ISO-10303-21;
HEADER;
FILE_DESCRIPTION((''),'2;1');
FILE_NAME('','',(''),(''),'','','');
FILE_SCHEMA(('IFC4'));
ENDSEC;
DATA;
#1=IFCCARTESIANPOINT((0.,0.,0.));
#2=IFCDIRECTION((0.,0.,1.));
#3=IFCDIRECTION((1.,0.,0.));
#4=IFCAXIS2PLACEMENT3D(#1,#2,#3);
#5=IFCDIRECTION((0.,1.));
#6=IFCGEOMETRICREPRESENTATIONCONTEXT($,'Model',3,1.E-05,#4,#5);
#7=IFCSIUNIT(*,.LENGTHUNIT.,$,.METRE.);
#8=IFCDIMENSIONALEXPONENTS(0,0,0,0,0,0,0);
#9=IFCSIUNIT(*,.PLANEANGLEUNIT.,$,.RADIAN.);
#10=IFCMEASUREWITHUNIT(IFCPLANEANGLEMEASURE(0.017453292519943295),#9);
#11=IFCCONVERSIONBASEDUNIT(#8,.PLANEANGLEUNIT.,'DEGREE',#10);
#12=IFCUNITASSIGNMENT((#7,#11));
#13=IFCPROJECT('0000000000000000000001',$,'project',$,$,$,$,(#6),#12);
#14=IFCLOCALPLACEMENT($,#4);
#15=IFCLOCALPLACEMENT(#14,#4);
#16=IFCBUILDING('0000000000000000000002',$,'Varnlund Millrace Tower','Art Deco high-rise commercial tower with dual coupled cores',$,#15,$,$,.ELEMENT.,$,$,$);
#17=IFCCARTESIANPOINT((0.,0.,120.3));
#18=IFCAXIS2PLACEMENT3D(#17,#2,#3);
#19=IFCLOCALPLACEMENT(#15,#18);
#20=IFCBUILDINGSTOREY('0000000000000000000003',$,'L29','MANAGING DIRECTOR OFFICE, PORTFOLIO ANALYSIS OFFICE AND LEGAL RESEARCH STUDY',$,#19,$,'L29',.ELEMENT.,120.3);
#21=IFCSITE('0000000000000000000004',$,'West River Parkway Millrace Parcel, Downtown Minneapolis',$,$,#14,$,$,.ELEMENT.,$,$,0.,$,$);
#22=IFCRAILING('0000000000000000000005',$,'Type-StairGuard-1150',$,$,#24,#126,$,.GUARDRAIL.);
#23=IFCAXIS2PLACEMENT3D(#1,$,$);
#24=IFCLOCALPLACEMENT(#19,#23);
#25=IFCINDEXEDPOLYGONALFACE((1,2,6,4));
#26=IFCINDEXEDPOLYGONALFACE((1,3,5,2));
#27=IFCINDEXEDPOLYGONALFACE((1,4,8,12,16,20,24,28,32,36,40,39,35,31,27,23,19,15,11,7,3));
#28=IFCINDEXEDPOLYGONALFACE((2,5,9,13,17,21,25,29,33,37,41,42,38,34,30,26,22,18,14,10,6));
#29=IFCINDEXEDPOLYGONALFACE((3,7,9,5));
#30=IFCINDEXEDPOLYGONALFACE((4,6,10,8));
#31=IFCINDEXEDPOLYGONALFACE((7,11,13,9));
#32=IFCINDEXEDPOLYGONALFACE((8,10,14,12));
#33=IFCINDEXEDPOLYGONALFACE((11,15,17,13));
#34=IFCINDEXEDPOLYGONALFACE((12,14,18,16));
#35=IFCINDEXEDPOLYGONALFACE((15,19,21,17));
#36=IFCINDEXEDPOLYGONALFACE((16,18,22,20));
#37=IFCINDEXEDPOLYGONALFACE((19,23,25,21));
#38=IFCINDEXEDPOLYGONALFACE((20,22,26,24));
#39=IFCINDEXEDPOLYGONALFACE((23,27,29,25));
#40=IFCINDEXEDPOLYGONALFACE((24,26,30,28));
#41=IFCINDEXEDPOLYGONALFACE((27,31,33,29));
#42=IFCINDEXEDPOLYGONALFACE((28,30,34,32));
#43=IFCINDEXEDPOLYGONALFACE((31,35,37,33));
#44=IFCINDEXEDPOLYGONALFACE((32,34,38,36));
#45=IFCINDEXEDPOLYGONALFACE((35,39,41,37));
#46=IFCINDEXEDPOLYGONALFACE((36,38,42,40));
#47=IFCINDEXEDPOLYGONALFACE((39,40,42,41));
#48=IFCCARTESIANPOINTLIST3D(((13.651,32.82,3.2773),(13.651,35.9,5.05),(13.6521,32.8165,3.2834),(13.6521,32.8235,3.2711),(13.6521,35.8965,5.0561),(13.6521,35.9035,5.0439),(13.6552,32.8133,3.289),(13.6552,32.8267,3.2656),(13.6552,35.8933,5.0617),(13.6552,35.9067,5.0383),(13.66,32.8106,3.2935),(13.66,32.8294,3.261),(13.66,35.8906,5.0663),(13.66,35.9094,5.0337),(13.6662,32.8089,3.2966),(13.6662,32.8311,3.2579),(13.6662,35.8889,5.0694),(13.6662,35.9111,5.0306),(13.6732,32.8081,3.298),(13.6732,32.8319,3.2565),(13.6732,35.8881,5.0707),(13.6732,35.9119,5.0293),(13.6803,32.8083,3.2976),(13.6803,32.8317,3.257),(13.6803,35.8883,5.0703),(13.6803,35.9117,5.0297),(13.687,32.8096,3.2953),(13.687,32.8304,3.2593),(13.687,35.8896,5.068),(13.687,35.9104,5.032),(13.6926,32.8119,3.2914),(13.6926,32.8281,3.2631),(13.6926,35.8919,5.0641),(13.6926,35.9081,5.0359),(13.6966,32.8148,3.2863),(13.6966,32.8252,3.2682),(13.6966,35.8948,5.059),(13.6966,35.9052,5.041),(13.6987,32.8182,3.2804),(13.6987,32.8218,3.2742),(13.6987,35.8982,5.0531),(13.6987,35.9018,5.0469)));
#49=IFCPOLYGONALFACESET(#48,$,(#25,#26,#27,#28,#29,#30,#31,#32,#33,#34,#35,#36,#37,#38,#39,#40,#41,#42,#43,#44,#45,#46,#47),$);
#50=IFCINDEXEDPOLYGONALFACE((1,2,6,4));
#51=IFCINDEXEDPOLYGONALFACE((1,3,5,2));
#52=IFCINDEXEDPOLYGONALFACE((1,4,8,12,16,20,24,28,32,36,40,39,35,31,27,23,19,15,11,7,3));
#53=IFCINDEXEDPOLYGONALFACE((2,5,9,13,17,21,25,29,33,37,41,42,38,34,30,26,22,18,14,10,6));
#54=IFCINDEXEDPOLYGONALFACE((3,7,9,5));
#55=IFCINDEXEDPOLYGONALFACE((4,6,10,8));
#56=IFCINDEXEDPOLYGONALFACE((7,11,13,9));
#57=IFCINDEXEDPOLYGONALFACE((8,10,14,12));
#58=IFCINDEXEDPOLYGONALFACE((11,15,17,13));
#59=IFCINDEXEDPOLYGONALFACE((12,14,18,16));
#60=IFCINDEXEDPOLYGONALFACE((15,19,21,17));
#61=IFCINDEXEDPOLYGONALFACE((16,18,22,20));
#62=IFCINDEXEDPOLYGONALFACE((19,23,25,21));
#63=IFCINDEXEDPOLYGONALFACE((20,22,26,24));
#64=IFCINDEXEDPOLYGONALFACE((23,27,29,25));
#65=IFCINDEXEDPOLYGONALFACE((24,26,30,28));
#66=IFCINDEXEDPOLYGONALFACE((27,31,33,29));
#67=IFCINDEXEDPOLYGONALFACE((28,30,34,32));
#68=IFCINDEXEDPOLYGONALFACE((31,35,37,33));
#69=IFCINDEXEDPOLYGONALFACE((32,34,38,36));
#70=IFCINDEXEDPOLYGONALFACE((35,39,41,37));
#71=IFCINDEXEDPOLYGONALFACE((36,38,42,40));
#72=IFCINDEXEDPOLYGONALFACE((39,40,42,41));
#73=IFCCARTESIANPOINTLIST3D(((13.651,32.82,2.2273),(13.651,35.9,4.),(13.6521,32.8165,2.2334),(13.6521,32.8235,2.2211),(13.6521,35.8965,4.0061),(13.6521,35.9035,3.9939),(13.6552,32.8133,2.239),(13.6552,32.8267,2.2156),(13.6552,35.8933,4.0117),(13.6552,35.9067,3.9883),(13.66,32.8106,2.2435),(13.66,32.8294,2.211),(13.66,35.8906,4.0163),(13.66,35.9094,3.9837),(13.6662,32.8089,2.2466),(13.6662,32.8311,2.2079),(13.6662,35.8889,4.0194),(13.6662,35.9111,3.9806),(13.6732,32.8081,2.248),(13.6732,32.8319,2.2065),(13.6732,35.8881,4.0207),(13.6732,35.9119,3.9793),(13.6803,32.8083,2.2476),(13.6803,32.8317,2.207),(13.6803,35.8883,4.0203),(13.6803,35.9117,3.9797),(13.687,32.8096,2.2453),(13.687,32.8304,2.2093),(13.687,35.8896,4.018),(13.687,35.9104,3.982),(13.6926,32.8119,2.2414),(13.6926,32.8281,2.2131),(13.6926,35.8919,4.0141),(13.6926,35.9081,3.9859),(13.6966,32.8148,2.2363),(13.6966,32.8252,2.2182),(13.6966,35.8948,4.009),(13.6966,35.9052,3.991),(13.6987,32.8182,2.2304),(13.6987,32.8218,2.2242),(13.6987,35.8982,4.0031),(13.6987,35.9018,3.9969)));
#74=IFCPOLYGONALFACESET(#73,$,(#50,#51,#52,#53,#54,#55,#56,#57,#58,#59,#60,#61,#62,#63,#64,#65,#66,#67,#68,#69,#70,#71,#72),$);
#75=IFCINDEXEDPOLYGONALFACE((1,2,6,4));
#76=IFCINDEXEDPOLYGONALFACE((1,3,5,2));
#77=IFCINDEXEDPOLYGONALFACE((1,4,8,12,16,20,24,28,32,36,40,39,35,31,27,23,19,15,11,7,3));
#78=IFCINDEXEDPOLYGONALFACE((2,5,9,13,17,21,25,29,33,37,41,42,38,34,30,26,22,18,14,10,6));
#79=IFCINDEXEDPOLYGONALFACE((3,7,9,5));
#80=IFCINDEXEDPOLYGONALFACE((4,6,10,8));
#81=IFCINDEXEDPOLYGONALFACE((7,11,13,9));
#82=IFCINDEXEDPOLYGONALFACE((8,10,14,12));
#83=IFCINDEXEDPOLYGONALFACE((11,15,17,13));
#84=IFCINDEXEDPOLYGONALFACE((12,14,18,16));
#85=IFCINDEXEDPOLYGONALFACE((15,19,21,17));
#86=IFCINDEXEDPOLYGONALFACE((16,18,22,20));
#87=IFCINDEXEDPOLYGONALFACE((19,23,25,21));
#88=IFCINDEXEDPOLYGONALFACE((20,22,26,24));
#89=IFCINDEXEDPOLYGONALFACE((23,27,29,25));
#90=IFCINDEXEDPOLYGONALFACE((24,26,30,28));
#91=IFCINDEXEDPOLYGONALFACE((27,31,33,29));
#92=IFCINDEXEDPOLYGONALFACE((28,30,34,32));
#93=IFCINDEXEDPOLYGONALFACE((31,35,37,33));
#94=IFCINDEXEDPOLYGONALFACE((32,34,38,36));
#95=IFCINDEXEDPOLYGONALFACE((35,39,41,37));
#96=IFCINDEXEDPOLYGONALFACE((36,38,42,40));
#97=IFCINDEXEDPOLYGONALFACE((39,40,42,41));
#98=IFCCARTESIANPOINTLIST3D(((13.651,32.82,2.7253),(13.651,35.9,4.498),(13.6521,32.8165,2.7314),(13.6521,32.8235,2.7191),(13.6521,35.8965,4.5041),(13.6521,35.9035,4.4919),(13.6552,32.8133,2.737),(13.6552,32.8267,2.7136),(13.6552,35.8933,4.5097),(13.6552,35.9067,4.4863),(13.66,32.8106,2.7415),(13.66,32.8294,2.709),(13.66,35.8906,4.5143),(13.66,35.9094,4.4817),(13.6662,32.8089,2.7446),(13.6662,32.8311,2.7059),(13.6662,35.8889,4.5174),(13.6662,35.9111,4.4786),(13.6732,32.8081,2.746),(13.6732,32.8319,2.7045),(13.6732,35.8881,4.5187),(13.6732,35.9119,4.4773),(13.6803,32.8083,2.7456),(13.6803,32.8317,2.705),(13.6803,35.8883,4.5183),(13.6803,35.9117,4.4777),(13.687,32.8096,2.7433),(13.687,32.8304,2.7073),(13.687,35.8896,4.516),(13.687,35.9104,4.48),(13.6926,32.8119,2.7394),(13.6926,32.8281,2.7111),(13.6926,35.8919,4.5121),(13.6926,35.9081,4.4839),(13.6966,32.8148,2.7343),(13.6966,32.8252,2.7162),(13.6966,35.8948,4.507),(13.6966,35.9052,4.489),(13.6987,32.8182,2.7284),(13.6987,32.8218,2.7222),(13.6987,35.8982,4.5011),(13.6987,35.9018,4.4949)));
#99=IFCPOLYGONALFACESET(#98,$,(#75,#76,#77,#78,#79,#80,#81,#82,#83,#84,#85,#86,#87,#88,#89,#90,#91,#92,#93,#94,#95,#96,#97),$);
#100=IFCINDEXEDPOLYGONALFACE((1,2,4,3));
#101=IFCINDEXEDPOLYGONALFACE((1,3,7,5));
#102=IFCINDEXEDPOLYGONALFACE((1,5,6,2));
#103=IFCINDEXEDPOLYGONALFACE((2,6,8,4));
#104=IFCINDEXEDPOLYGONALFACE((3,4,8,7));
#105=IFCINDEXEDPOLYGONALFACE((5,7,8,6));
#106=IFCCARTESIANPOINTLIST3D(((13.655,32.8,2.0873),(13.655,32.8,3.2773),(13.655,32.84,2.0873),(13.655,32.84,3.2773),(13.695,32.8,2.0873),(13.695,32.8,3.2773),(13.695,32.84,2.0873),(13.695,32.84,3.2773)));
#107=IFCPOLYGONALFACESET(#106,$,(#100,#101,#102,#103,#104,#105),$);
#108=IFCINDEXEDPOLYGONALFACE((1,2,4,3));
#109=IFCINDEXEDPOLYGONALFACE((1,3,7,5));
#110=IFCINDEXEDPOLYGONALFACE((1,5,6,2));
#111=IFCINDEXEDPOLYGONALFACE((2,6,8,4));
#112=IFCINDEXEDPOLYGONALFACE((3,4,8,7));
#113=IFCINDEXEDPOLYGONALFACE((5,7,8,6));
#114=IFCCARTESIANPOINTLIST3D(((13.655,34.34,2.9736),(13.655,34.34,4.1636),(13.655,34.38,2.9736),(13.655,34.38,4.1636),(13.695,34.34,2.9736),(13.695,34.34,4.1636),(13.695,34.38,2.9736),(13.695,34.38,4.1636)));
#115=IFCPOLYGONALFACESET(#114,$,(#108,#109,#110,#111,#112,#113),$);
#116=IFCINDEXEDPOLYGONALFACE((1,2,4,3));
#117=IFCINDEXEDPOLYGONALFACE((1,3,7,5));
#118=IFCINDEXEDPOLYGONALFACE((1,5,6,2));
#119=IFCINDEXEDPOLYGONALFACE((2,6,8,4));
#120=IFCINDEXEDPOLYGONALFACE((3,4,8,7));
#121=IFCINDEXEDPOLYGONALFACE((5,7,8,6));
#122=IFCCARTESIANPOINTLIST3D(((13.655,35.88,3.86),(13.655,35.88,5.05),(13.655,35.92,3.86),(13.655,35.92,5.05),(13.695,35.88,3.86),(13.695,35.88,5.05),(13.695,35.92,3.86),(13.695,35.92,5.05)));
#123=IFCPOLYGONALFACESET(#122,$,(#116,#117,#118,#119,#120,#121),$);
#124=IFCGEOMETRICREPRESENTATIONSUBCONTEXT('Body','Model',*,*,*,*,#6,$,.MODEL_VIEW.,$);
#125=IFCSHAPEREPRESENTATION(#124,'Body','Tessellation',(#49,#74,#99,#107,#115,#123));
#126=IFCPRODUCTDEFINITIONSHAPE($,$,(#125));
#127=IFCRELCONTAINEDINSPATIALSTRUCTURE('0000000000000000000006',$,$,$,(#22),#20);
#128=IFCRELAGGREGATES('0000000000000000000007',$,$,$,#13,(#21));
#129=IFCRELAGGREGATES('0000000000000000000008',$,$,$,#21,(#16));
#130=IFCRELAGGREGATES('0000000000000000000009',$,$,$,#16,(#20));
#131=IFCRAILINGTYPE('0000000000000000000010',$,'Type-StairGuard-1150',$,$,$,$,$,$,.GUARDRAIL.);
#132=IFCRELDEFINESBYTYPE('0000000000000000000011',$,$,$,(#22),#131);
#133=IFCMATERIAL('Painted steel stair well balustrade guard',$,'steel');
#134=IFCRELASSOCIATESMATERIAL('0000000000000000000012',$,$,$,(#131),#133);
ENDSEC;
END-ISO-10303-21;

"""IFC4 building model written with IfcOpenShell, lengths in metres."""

from ifc_helpers import new_model, entity, si_unit, converted_unit, direction, frame, origin_with_axes, origin_2d_with_axis, place, context, subcontext, project, spatial, rectangle, circle, extrude, material, type_object, element, save


model = new_model("IFC4")

# Units and contexts
model_context = context("Model", 3, precision=1e-05, world=origin_with_axes(), true_north=direction((0.0, 1.0)))
body_context = subcontext(model_context, "Body", "Model", "MODEL_VIEW")
ifc_project = project(units=[si_unit("LENGTHUNIT", "METRE"), converted_unit("PLANEANGLEUNIT", "DEGREE", entity("IfcPlaneAngleMeasure", 0.017453292519943295), si_unit("PLANEANGLEUNIT", "RADIAN"), dimensions=[0, 0, 0, 0, 0, 0, 0])], contexts=[model_context])

# Site, building, storey
site_placement = place(None, origin_with_axes())
site = spatial("IfcSite", under=ifc_project, at=site_placement, Name="West River Parkway Millrace Parcel, Downtown Minneapolis", CompositionType="ELEMENT", RefElevation=0.0)
building_placement = place(site_placement, origin_with_axes())
building = spatial("IfcBuilding", under=site, at=building_placement, Name="Varnlund Millrace Tower", Description="Art Deco high-rise commercial tower with dual coupled cores", CompositionType="ELEMENT")
storey_placement = place(building_placement, frame((0.0, 0.0, 120.3), z_axis=(0.0, 0.0, 1.0), x_axis=(1.0, 0.0, 0.0)))
storey = spatial("IfcBuildingStorey", under=building, at=storey_placement, Name="L29", Description="MANAGING DIRECTOR OFFICE, PORTFOLIO ANALYSIS OFFICE AND LEGAL RESEARCH STUDY", LongName="L29", CompositionType="ELEMENT", Elevation=120.3)

# Railing
ifc_material_1 = material(Name="Painted steel stair well balustrade guard", Category="steel")
railing_type_1 = type_object("IfcRailingType", Name="Type-StairGuard-1150", PredefinedType="GUARDRAIL", material=ifc_material_1)
railing_1_placement = place(storey_placement, frame((0.0, 0.0, -120.3), z_axis=(0.0, 0.0, 1.0), x_axis=(1.0, 0.0, 0.0)))
element("IfcRailing", 1, at=railing_1_placement, inside=storey, type_object=railing_type_1, Name="Type-StairGuard-1150", PredefinedType="GUARDRAIL", context=body_context, shape_type="SweptSolid", body=[
    extrude(circle(Radius=0.024, at=origin_2d_with_axis()), frame((13.675, 32.82, 123.5773), z_axis=(0.0, 0.866696, 0.498836), x_axis=(-1.0, 0.0, 0.0)), (0.0, 0.0, 1.0), 3.5537),
    extrude(circle(Radius=0.024, at=origin_2d_with_axis()), frame((13.675, 32.82, 122.5273), z_axis=(0.0, 0.866696, 0.498836), x_axis=(-1.0, 0.0, 0.0)), (0.0, 0.0, 1.0), 3.5537),
    extrude(circle(Radius=0.024, at=origin_2d_with_axis()), frame((13.675, 32.82, 123.0253), z_axis=(0.0, 0.866696, 0.498836), x_axis=(-1.0, 0.0, 0.0)), (0.0, 0.0, 1.0), 3.5537),
    extrude(rectangle(XDim=0.04, YDim=0.04, at=origin_2d_with_axis()), frame((13.675, 32.82, 122.3873), z_axis=(0.0, 0.0, 1.0), x_axis=(1.0, 0.0, 0.0)), (0.0, 0.0, 1.0), 1.19),
    extrude(rectangle(XDim=0.04, YDim=0.04, at=origin_2d_with_axis()), frame((13.675, 34.36, 123.2736), z_axis=(0.0, 0.0, 1.0), x_axis=(1.0, 0.0, 0.0)), (0.0, 0.0, 1.0), 1.19),
    extrude(rectangle(XDim=0.04, YDim=0.04, at=origin_2d_with_axis()), frame((13.675, 35.9, 124.16), z_axis=(0.0, 0.0, 1.0), x_axis=(1.0, 0.0, 0.0)), (0.0, 0.0, 1.0), 1.19),
])

save(model, "model.ifc")
